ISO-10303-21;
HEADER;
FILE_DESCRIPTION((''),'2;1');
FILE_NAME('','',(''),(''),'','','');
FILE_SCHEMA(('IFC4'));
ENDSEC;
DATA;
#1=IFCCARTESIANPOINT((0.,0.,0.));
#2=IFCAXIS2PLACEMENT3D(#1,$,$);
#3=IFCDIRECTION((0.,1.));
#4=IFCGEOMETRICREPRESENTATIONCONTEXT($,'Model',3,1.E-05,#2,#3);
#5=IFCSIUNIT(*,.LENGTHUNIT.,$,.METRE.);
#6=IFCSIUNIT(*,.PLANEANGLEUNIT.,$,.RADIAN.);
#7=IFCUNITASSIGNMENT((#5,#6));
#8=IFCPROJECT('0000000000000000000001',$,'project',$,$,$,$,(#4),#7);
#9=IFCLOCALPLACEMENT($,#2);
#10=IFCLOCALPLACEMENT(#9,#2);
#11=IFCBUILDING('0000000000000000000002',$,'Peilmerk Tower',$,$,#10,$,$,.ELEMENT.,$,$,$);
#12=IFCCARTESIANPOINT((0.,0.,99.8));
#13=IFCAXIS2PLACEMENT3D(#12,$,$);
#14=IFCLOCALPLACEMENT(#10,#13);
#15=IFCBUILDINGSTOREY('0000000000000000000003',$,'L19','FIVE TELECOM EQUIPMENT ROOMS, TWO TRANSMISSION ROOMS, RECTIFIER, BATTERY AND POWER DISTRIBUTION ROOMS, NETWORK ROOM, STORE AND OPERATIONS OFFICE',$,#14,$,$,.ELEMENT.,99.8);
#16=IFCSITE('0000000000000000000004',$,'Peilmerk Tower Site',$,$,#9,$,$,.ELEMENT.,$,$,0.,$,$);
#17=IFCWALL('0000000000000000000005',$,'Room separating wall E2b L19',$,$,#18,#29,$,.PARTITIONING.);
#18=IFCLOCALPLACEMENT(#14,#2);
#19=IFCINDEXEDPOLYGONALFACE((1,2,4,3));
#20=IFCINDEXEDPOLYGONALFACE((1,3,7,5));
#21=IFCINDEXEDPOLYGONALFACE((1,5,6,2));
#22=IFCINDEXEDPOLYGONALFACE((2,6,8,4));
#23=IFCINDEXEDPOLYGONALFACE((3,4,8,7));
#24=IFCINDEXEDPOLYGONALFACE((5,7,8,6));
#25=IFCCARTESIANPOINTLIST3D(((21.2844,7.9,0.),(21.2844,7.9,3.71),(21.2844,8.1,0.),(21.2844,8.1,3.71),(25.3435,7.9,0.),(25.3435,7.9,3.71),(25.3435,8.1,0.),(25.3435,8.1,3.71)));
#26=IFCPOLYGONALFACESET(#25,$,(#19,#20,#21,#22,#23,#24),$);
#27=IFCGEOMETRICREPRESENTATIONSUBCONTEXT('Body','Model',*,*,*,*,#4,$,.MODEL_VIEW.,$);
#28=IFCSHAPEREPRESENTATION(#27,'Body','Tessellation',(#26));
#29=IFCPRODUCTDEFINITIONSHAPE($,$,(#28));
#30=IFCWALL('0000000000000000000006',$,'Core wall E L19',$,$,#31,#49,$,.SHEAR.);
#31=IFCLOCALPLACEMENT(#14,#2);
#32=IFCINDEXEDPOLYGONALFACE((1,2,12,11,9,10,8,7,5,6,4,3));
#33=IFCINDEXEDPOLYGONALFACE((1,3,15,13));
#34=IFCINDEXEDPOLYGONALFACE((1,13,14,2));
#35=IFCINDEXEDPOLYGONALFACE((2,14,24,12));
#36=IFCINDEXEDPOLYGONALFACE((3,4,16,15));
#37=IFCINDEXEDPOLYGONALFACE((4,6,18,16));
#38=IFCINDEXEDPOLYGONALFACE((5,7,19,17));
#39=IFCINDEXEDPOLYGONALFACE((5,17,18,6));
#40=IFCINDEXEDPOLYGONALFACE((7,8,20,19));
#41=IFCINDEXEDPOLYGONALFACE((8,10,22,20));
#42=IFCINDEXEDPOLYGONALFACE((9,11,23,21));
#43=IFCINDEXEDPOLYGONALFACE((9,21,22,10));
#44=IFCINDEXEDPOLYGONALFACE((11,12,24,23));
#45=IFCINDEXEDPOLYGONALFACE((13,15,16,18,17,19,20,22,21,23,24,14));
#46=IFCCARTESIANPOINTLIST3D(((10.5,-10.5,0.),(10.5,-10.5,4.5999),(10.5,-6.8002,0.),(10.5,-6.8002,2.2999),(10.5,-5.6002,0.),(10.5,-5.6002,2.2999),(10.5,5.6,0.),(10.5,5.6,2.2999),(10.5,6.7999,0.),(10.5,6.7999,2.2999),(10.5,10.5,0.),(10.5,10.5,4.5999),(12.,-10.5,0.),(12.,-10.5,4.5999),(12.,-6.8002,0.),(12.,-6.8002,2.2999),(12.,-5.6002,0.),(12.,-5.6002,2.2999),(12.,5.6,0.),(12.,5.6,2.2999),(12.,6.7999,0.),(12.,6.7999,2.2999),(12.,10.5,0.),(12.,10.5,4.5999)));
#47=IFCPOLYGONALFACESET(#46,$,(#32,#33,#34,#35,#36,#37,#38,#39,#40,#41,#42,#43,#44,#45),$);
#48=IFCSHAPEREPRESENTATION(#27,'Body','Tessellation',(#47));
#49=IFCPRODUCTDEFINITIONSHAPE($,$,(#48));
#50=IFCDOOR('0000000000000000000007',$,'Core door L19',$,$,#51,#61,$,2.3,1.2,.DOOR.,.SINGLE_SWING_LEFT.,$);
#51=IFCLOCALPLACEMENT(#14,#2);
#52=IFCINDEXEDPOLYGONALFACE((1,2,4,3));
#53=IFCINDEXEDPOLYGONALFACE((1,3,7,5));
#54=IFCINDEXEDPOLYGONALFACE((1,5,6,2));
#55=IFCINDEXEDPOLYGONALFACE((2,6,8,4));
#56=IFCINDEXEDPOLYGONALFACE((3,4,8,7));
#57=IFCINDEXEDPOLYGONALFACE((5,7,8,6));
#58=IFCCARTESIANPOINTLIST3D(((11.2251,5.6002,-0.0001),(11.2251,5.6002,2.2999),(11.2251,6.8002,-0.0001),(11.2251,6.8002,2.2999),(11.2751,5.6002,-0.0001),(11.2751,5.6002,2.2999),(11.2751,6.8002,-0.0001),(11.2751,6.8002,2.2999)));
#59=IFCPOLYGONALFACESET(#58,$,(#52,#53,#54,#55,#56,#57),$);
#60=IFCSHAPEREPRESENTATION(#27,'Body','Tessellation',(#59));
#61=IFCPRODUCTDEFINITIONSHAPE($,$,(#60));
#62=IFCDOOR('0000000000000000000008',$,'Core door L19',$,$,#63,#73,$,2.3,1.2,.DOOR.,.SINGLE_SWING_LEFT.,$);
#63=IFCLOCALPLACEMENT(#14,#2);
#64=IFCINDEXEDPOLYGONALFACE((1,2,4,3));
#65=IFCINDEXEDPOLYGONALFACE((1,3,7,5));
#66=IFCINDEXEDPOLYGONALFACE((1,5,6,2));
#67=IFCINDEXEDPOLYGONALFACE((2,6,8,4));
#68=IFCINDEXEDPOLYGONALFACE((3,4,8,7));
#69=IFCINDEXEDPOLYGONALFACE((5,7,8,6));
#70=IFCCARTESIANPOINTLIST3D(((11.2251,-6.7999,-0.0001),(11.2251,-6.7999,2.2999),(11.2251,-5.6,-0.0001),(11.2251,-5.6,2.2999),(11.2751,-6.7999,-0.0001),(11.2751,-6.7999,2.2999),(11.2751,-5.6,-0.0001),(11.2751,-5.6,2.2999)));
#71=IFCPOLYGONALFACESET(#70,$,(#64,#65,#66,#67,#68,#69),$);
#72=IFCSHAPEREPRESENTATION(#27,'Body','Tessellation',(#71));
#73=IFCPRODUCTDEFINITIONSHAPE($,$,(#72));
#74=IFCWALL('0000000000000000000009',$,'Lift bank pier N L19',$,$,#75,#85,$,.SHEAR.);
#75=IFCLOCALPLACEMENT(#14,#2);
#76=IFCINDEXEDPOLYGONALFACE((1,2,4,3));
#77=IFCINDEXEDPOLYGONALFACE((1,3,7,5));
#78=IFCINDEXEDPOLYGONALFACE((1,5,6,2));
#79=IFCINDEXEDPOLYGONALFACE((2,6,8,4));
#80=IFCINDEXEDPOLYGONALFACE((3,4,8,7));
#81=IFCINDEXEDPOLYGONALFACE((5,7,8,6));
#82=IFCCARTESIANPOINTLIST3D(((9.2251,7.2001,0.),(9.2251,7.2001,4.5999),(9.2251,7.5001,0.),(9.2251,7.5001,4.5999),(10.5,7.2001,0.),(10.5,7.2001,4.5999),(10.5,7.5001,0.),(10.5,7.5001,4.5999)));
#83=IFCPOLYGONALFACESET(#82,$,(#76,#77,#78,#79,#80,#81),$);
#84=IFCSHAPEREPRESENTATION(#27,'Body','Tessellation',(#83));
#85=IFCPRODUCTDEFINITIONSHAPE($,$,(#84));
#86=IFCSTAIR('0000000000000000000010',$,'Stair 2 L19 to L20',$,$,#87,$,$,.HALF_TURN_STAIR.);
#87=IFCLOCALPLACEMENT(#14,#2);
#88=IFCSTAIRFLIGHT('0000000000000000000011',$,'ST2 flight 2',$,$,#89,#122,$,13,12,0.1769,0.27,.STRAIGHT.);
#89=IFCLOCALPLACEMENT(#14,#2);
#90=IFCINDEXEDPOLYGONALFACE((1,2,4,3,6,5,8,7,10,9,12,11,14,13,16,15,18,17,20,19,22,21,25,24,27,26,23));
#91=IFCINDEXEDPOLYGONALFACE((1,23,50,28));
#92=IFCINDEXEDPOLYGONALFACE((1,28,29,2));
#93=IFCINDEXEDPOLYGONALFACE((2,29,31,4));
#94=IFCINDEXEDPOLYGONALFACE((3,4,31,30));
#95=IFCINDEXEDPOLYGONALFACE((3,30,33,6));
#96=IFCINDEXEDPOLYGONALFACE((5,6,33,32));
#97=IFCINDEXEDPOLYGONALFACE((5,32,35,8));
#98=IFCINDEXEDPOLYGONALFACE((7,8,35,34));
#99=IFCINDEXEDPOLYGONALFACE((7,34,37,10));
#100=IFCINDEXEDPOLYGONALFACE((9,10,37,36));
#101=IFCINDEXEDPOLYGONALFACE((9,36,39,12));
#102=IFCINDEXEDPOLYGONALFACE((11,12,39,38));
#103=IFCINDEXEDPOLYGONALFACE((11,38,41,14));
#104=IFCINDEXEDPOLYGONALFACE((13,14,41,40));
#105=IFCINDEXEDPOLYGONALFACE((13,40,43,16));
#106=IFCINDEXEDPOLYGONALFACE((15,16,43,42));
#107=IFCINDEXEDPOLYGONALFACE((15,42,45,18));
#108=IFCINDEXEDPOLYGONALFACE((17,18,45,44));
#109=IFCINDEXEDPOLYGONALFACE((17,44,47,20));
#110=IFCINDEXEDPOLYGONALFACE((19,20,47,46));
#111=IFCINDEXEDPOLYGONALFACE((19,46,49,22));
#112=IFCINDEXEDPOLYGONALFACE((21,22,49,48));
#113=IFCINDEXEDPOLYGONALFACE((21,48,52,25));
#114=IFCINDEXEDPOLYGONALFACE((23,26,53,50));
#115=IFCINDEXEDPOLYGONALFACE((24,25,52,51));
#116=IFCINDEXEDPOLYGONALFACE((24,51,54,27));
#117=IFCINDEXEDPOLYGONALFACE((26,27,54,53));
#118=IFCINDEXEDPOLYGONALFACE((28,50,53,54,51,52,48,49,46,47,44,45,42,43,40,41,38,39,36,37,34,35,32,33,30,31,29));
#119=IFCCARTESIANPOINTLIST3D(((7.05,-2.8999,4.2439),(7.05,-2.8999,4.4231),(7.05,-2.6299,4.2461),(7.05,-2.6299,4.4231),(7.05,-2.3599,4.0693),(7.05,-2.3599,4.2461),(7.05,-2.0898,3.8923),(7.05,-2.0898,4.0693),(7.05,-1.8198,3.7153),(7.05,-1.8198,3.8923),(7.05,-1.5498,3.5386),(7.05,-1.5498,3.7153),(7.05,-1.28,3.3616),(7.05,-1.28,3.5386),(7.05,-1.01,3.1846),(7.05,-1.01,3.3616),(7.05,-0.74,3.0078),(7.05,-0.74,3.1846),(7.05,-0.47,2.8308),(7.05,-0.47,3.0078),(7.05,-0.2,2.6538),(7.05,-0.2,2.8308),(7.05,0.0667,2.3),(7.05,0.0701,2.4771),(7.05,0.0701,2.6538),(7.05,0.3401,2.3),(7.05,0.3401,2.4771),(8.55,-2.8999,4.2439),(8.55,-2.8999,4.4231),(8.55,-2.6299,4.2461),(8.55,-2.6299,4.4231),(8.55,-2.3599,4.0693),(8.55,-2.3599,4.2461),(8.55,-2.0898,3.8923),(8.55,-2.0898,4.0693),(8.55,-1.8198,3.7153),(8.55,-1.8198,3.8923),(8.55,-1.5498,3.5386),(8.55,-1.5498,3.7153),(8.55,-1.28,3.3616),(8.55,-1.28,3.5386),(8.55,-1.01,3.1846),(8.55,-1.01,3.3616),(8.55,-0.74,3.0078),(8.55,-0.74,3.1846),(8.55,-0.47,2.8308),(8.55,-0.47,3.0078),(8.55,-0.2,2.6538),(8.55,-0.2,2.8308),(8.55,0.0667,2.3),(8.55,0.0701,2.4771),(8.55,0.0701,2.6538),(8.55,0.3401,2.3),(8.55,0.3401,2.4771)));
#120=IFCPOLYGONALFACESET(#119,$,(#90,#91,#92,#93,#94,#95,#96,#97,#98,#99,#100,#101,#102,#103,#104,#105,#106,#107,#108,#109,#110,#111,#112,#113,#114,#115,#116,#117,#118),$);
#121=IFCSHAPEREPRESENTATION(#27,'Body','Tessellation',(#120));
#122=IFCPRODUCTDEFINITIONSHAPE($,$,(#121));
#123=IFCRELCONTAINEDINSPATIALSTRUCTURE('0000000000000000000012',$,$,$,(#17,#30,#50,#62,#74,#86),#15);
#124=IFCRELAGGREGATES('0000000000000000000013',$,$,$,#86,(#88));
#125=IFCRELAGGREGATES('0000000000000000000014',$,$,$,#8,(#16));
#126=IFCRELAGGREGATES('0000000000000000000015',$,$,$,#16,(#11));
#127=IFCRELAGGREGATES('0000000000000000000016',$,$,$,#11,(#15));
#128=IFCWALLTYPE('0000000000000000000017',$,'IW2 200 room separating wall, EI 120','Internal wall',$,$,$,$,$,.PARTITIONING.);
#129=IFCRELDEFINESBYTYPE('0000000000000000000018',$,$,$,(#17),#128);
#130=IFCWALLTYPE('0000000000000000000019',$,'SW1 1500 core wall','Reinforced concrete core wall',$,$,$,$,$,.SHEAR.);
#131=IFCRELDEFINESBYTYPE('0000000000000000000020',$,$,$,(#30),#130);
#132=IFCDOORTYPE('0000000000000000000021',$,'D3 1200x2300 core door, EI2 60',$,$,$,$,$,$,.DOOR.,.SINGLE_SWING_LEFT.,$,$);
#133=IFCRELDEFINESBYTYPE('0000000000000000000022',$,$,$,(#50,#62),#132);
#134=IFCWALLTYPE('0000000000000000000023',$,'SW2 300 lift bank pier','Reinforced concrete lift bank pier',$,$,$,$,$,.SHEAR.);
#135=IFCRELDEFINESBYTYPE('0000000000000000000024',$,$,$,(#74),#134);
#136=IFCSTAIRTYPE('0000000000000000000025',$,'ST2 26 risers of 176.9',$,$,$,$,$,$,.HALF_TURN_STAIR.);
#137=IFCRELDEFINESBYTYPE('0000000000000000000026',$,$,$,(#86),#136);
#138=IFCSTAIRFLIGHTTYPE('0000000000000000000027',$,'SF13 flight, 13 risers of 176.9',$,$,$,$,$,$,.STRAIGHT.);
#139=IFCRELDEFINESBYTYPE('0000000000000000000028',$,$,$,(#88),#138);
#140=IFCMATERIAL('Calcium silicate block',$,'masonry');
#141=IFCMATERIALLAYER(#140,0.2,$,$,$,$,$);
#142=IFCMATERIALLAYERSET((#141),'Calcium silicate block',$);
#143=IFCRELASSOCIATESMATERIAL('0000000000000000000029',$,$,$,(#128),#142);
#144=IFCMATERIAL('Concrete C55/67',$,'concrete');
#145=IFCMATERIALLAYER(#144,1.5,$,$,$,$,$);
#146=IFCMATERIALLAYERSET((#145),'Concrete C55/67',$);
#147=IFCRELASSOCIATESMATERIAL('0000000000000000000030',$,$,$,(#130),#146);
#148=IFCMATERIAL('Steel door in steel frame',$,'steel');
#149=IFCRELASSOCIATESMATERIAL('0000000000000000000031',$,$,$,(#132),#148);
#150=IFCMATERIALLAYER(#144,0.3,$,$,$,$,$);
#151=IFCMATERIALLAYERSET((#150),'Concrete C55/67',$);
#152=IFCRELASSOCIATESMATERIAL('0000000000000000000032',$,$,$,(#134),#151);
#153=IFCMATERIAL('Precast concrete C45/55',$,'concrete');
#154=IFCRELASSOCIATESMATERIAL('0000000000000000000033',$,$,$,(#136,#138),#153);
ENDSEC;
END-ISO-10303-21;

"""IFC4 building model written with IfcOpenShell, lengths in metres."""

from ifc_helpers import new_model, si_unit, direction, frame, frame_2d, origin, place, context, subcontext, project, spatial, polyline, rectangle, outline, extrude, material, layer, layer_set, type_object, element, fill, aggregate, save


model = new_model("IFC4")

# Units and contexts
model_context = context("Model", 3, precision=1e-05, world=origin(), true_north=direction((0.0, 1.0)))
body_context = subcontext(model_context, "Body", "Model", "MODEL_VIEW")
ifc_project = project(units=[si_unit("LENGTHUNIT", "METRE"), si_unit("PLANEANGLEUNIT", "RADIAN")], contexts=[model_context])

# Site, building, storey
site_placement = place(None, origin())
site = spatial("IfcSite", under=ifc_project, at=site_placement, Name="Peilmerk Tower Site", CompositionType="ELEMENT", RefElevation=0.0)
building_placement = place(site_placement, origin())
building = spatial("IfcBuilding", under=site, at=building_placement, Name="Peilmerk Tower", CompositionType="ELEMENT")
storey_placement = place(building_placement, frame((0.0, 0.0, 99.8)))
storey = spatial("IfcBuildingStorey", under=building, at=storey_placement, Name="L19", Description="FIVE TELECOM EQUIPMENT ROOMS, TWO TRANSMISSION ROOMS, RECTIFIER, BATTERY AND POWER DISTRIBUTION ROOMS, NETWORK ROOM, STORE AND OPERATIONS OFFICE", CompositionType="ELEMENT", Elevation=99.8)

# Wall
ifc_material_1 = material(Name="Calcium silicate block", Category="masonry")
ifc_layer_1 = layer(ifc_material_1, 0.2)
ifc_layer_set_1 = layer_set([ifc_layer_1], Name="Calcium silicate block")
wall_type_1 = type_object("IfcWallType", Name="IW2 200 room separating wall, EI 120", Description="Internal wall", PredefinedType="PARTITIONING", material=ifc_layer_set_1)
wall_1_placement = place(storey_placement, frame((21.2844, 8.0, 0.0), z_axis=(0.0, 0.0, 1.0), x_axis=(1.0, 0.0, 0.0)))
element("IfcWall", 1, at=wall_1_placement, inside=storey, type_object=wall_type_1, Name="Room separating wall E2b L19", PredefinedType="PARTITIONING", context=body_context, shape_type="SweptSolid", body=[
    extrude(rectangle(XDim=4.0591, YDim=0.2, at=frame_2d((2.0295, 0.0))), origin(), (0.0, 0.0, 1.0), 3.71),
])

# Wall, openings, doors
ifc_material_2 = material(Name="Concrete C55/67", Category="concrete")
ifc_layer_2 = layer(ifc_material_2, 1.5)
ifc_layer_set_2 = layer_set([ifc_layer_2], Name="Concrete C55/67")
wall_type_2 = type_object("IfcWallType", Name="SW1 1500 core wall", Description="Reinforced concrete core wall", PredefinedType="SHEAR", material=ifc_layer_set_2)
wall_2_placement = place(storey_placement, frame((11.25, 10.5, 0.0), z_axis=(0.0, 0.0, 1.0), x_axis=(0.0, -1.0, 0.0)))
wall_2 = element("IfcWall", 2, at=wall_2_placement, inside=storey, type_object=wall_type_2, Name="Core wall E L19", PredefinedType="SHEAR", context=body_context, shape_type="SweptSolid", body=[
    extrude(rectangle(XDim=21.0, YDim=1.5, at=frame_2d((10.5, 0.0))), origin(), (0.0, 0.0, 1.0), 4.5999),
])
opening_1_placement = place(wall_2_placement, frame((3.7, 0.0, 0.0)))
opening_1 = element("IfcOpeningElement", 3, at=opening_1_placement, cuts=wall_2, PredefinedType="OPENING", context=body_context, shape_type="SweptSolid", body=[
    extrude(rectangle(XDim=1.2, YDim=2.3, at=frame_2d((0.6001, 1.1499))), frame((0.0, 0.76, 0.0), z_axis=(0.0, -1.0, 0.0), x_axis=(1.0, 0.0, 0.0)), (0.0, 0.0, 1.0), 1.52),
])
opening_2_placement = place(wall_2_placement, frame((16.1001, 0.0, 0.0)))
opening_2 = element("IfcOpeningElement", 4, at=opening_2_placement, cuts=wall_2, PredefinedType="OPENING", context=body_context, shape_type="SweptSolid", body=[
    extrude(rectangle(XDim=1.2, YDim=2.3, at=frame_2d((0.6001, 1.1499))), frame((0.0, 0.76, 0.0), z_axis=(0.0, -1.0, 0.0), x_axis=(1.0, 0.0, 0.0)), (0.0, 0.0, 1.0), 1.52),
])
ifc_material_3 = material(Name="Steel door in steel frame", Category="steel")
door_type = type_object("IfcDoorType", Name="D3 1200x2300 core door, EI2 60", OperationType="SINGLE_SWING_LEFT", PredefinedType="DOOR", material=ifc_material_3)
door_1_placement = place(opening_1_placement, frame((1.2, 0.0, 0.0), z_axis=(0.0, 0.0, 1.0), x_axis=(-1.0, 0.0, 0.0)))
door_1 = element("IfcDoor", 5, at=door_1_placement, inside=storey, type_object=door_type, Name="Core door L19", OperationType="SINGLE_SWING_LEFT", OverallHeight=2.3, OverallWidth=1.2, PredefinedType="DOOR", context=body_context, shape_type="SweptSolid", body=[
    extrude(rectangle(XDim=1.2, YDim=2.3, at=frame_2d((0.6001, 1.1499))), frame((0.0, 0.0249, 0.0), z_axis=(0.0, -1.0, 0.0), x_axis=(1.0, 0.0, 0.0)), (0.0, 0.0, 1.0), 0.05),
])
fill(opening_1, door_1)
door_2_placement = place(opening_2_placement, frame((1.2, 0.0, 0.0), z_axis=(0.0, 0.0, 1.0), x_axis=(-1.0, 0.0, 0.0)))
door_2 = element("IfcDoor", 6, at=door_2_placement, inside=storey, type_object=door_type, Name="Core door L19", OperationType="SINGLE_SWING_LEFT", OverallHeight=2.3, OverallWidth=1.2, PredefinedType="DOOR", context=body_context, shape_type="SweptSolid", body=[
    extrude(rectangle(XDim=1.2, YDim=2.3, at=frame_2d((0.6001, 1.1499))), frame((0.0, 0.0249, 0.0), z_axis=(0.0, -1.0, 0.0), x_axis=(1.0, 0.0, 0.0)), (0.0, 0.0, 1.0), 0.05),
])
fill(opening_2, door_2)

# Wall
ifc_layer_3 = layer(ifc_material_2, 0.3)
ifc_layer_set_3 = layer_set([ifc_layer_3], Name="Concrete C55/67")
wall_type_3 = type_object("IfcWallType", Name="SW2 300 lift bank pier", Description="Reinforced concrete lift bank pier", PredefinedType="SHEAR", material=ifc_layer_set_3)
wall_3_placement = place(storey_placement, frame((9.2251, 7.3501, 0.0), z_axis=(0.0, 0.0, 1.0), x_axis=(1.0, 0.0, 0.0)))
element("IfcWall", 7, at=wall_3_placement, inside=storey, type_object=wall_type_3, Name="Lift bank pier N L19", PredefinedType="SHEAR", context=body_context, shape_type="SweptSolid", body=[
    extrude(rectangle(XDim=1.2749, YDim=0.3, at=frame_2d((0.6375, 0.0))), origin(), (0.0, 0.0, 1.0), 4.5999),
])

# Stair, stair flight
ifc_material_4 = material(Name="Precast concrete C45/55", Category="concrete")
stair_type = type_object("IfcStairType", Name="ST2 26 risers of 176.9", PredefinedType="HALF_TURN_STAIR", material=ifc_material_4)
stair_placement = place(storey_placement, origin())
stair = element("IfcStair", 8, at=stair_placement, inside=storey, type_object=stair_type, Name="Stair 2 L19 to L20", PredefinedType="HALF_TURN_STAIR")
stair_flight_type = type_object("IfcStairFlightType", Name="SF13 flight, 13 risers of 176.9", PredefinedType="STRAIGHT", material=ifc_material_4)
stair_flight_placement = place(storey_placement, frame((7.8, 0.3401, 2.3), z_axis=(0.0, 0.0, 1.0), x_axis=(0.0, -1.0, 0.0)))
stair_flight = element("IfcStairFlight", 9, at=stair_flight_placement, type_object=stair_flight_type, Name="ST2 flight 2", NumberOfRisers=13, NumberOfTreads=12, PredefinedType="STRAIGHT", RiserHeight=0.1769, TreadLength=0.27, context=body_context, shape_type="SweptSolid", body=[
    extrude(outline(polyline([(0.0, 0.0), (0.0, 0.177), (0.27, 0.177), (0.27, 0.3538), (0.54, 0.3538), (0.54, 0.5308), (0.8101, 0.5308), (0.8101, 0.7078), (1.0801, 0.7078), (1.0801, 0.8845), (1.3501, 0.8845), (1.3501, 1.0615), (1.6201, 1.0615), (1.6201, 1.2385), (1.8899, 1.2385), (1.8899, 1.4153), (2.1599, 1.4153), (2.1599, 1.5923), (2.4299, 1.5923), (2.4299, 1.7693), (2.7, 1.7693), (2.7, 1.946), (2.97, 1.946), (2.97, 2.123), (3.24, 2.123), (3.24, 2.3), (3.24, 1.9438), (0.2734, 0.0), (0.0, 0.0)])), frame((0.0, 0.75, 0.0), z_axis=(0.0, -1.0, 0.0), x_axis=(1.0, 0.0, 0.0)), (0.0, 0.0, 1.0), 1.5),
])
aggregate(stair, [stair_flight])

save(model, "model.ifc")
